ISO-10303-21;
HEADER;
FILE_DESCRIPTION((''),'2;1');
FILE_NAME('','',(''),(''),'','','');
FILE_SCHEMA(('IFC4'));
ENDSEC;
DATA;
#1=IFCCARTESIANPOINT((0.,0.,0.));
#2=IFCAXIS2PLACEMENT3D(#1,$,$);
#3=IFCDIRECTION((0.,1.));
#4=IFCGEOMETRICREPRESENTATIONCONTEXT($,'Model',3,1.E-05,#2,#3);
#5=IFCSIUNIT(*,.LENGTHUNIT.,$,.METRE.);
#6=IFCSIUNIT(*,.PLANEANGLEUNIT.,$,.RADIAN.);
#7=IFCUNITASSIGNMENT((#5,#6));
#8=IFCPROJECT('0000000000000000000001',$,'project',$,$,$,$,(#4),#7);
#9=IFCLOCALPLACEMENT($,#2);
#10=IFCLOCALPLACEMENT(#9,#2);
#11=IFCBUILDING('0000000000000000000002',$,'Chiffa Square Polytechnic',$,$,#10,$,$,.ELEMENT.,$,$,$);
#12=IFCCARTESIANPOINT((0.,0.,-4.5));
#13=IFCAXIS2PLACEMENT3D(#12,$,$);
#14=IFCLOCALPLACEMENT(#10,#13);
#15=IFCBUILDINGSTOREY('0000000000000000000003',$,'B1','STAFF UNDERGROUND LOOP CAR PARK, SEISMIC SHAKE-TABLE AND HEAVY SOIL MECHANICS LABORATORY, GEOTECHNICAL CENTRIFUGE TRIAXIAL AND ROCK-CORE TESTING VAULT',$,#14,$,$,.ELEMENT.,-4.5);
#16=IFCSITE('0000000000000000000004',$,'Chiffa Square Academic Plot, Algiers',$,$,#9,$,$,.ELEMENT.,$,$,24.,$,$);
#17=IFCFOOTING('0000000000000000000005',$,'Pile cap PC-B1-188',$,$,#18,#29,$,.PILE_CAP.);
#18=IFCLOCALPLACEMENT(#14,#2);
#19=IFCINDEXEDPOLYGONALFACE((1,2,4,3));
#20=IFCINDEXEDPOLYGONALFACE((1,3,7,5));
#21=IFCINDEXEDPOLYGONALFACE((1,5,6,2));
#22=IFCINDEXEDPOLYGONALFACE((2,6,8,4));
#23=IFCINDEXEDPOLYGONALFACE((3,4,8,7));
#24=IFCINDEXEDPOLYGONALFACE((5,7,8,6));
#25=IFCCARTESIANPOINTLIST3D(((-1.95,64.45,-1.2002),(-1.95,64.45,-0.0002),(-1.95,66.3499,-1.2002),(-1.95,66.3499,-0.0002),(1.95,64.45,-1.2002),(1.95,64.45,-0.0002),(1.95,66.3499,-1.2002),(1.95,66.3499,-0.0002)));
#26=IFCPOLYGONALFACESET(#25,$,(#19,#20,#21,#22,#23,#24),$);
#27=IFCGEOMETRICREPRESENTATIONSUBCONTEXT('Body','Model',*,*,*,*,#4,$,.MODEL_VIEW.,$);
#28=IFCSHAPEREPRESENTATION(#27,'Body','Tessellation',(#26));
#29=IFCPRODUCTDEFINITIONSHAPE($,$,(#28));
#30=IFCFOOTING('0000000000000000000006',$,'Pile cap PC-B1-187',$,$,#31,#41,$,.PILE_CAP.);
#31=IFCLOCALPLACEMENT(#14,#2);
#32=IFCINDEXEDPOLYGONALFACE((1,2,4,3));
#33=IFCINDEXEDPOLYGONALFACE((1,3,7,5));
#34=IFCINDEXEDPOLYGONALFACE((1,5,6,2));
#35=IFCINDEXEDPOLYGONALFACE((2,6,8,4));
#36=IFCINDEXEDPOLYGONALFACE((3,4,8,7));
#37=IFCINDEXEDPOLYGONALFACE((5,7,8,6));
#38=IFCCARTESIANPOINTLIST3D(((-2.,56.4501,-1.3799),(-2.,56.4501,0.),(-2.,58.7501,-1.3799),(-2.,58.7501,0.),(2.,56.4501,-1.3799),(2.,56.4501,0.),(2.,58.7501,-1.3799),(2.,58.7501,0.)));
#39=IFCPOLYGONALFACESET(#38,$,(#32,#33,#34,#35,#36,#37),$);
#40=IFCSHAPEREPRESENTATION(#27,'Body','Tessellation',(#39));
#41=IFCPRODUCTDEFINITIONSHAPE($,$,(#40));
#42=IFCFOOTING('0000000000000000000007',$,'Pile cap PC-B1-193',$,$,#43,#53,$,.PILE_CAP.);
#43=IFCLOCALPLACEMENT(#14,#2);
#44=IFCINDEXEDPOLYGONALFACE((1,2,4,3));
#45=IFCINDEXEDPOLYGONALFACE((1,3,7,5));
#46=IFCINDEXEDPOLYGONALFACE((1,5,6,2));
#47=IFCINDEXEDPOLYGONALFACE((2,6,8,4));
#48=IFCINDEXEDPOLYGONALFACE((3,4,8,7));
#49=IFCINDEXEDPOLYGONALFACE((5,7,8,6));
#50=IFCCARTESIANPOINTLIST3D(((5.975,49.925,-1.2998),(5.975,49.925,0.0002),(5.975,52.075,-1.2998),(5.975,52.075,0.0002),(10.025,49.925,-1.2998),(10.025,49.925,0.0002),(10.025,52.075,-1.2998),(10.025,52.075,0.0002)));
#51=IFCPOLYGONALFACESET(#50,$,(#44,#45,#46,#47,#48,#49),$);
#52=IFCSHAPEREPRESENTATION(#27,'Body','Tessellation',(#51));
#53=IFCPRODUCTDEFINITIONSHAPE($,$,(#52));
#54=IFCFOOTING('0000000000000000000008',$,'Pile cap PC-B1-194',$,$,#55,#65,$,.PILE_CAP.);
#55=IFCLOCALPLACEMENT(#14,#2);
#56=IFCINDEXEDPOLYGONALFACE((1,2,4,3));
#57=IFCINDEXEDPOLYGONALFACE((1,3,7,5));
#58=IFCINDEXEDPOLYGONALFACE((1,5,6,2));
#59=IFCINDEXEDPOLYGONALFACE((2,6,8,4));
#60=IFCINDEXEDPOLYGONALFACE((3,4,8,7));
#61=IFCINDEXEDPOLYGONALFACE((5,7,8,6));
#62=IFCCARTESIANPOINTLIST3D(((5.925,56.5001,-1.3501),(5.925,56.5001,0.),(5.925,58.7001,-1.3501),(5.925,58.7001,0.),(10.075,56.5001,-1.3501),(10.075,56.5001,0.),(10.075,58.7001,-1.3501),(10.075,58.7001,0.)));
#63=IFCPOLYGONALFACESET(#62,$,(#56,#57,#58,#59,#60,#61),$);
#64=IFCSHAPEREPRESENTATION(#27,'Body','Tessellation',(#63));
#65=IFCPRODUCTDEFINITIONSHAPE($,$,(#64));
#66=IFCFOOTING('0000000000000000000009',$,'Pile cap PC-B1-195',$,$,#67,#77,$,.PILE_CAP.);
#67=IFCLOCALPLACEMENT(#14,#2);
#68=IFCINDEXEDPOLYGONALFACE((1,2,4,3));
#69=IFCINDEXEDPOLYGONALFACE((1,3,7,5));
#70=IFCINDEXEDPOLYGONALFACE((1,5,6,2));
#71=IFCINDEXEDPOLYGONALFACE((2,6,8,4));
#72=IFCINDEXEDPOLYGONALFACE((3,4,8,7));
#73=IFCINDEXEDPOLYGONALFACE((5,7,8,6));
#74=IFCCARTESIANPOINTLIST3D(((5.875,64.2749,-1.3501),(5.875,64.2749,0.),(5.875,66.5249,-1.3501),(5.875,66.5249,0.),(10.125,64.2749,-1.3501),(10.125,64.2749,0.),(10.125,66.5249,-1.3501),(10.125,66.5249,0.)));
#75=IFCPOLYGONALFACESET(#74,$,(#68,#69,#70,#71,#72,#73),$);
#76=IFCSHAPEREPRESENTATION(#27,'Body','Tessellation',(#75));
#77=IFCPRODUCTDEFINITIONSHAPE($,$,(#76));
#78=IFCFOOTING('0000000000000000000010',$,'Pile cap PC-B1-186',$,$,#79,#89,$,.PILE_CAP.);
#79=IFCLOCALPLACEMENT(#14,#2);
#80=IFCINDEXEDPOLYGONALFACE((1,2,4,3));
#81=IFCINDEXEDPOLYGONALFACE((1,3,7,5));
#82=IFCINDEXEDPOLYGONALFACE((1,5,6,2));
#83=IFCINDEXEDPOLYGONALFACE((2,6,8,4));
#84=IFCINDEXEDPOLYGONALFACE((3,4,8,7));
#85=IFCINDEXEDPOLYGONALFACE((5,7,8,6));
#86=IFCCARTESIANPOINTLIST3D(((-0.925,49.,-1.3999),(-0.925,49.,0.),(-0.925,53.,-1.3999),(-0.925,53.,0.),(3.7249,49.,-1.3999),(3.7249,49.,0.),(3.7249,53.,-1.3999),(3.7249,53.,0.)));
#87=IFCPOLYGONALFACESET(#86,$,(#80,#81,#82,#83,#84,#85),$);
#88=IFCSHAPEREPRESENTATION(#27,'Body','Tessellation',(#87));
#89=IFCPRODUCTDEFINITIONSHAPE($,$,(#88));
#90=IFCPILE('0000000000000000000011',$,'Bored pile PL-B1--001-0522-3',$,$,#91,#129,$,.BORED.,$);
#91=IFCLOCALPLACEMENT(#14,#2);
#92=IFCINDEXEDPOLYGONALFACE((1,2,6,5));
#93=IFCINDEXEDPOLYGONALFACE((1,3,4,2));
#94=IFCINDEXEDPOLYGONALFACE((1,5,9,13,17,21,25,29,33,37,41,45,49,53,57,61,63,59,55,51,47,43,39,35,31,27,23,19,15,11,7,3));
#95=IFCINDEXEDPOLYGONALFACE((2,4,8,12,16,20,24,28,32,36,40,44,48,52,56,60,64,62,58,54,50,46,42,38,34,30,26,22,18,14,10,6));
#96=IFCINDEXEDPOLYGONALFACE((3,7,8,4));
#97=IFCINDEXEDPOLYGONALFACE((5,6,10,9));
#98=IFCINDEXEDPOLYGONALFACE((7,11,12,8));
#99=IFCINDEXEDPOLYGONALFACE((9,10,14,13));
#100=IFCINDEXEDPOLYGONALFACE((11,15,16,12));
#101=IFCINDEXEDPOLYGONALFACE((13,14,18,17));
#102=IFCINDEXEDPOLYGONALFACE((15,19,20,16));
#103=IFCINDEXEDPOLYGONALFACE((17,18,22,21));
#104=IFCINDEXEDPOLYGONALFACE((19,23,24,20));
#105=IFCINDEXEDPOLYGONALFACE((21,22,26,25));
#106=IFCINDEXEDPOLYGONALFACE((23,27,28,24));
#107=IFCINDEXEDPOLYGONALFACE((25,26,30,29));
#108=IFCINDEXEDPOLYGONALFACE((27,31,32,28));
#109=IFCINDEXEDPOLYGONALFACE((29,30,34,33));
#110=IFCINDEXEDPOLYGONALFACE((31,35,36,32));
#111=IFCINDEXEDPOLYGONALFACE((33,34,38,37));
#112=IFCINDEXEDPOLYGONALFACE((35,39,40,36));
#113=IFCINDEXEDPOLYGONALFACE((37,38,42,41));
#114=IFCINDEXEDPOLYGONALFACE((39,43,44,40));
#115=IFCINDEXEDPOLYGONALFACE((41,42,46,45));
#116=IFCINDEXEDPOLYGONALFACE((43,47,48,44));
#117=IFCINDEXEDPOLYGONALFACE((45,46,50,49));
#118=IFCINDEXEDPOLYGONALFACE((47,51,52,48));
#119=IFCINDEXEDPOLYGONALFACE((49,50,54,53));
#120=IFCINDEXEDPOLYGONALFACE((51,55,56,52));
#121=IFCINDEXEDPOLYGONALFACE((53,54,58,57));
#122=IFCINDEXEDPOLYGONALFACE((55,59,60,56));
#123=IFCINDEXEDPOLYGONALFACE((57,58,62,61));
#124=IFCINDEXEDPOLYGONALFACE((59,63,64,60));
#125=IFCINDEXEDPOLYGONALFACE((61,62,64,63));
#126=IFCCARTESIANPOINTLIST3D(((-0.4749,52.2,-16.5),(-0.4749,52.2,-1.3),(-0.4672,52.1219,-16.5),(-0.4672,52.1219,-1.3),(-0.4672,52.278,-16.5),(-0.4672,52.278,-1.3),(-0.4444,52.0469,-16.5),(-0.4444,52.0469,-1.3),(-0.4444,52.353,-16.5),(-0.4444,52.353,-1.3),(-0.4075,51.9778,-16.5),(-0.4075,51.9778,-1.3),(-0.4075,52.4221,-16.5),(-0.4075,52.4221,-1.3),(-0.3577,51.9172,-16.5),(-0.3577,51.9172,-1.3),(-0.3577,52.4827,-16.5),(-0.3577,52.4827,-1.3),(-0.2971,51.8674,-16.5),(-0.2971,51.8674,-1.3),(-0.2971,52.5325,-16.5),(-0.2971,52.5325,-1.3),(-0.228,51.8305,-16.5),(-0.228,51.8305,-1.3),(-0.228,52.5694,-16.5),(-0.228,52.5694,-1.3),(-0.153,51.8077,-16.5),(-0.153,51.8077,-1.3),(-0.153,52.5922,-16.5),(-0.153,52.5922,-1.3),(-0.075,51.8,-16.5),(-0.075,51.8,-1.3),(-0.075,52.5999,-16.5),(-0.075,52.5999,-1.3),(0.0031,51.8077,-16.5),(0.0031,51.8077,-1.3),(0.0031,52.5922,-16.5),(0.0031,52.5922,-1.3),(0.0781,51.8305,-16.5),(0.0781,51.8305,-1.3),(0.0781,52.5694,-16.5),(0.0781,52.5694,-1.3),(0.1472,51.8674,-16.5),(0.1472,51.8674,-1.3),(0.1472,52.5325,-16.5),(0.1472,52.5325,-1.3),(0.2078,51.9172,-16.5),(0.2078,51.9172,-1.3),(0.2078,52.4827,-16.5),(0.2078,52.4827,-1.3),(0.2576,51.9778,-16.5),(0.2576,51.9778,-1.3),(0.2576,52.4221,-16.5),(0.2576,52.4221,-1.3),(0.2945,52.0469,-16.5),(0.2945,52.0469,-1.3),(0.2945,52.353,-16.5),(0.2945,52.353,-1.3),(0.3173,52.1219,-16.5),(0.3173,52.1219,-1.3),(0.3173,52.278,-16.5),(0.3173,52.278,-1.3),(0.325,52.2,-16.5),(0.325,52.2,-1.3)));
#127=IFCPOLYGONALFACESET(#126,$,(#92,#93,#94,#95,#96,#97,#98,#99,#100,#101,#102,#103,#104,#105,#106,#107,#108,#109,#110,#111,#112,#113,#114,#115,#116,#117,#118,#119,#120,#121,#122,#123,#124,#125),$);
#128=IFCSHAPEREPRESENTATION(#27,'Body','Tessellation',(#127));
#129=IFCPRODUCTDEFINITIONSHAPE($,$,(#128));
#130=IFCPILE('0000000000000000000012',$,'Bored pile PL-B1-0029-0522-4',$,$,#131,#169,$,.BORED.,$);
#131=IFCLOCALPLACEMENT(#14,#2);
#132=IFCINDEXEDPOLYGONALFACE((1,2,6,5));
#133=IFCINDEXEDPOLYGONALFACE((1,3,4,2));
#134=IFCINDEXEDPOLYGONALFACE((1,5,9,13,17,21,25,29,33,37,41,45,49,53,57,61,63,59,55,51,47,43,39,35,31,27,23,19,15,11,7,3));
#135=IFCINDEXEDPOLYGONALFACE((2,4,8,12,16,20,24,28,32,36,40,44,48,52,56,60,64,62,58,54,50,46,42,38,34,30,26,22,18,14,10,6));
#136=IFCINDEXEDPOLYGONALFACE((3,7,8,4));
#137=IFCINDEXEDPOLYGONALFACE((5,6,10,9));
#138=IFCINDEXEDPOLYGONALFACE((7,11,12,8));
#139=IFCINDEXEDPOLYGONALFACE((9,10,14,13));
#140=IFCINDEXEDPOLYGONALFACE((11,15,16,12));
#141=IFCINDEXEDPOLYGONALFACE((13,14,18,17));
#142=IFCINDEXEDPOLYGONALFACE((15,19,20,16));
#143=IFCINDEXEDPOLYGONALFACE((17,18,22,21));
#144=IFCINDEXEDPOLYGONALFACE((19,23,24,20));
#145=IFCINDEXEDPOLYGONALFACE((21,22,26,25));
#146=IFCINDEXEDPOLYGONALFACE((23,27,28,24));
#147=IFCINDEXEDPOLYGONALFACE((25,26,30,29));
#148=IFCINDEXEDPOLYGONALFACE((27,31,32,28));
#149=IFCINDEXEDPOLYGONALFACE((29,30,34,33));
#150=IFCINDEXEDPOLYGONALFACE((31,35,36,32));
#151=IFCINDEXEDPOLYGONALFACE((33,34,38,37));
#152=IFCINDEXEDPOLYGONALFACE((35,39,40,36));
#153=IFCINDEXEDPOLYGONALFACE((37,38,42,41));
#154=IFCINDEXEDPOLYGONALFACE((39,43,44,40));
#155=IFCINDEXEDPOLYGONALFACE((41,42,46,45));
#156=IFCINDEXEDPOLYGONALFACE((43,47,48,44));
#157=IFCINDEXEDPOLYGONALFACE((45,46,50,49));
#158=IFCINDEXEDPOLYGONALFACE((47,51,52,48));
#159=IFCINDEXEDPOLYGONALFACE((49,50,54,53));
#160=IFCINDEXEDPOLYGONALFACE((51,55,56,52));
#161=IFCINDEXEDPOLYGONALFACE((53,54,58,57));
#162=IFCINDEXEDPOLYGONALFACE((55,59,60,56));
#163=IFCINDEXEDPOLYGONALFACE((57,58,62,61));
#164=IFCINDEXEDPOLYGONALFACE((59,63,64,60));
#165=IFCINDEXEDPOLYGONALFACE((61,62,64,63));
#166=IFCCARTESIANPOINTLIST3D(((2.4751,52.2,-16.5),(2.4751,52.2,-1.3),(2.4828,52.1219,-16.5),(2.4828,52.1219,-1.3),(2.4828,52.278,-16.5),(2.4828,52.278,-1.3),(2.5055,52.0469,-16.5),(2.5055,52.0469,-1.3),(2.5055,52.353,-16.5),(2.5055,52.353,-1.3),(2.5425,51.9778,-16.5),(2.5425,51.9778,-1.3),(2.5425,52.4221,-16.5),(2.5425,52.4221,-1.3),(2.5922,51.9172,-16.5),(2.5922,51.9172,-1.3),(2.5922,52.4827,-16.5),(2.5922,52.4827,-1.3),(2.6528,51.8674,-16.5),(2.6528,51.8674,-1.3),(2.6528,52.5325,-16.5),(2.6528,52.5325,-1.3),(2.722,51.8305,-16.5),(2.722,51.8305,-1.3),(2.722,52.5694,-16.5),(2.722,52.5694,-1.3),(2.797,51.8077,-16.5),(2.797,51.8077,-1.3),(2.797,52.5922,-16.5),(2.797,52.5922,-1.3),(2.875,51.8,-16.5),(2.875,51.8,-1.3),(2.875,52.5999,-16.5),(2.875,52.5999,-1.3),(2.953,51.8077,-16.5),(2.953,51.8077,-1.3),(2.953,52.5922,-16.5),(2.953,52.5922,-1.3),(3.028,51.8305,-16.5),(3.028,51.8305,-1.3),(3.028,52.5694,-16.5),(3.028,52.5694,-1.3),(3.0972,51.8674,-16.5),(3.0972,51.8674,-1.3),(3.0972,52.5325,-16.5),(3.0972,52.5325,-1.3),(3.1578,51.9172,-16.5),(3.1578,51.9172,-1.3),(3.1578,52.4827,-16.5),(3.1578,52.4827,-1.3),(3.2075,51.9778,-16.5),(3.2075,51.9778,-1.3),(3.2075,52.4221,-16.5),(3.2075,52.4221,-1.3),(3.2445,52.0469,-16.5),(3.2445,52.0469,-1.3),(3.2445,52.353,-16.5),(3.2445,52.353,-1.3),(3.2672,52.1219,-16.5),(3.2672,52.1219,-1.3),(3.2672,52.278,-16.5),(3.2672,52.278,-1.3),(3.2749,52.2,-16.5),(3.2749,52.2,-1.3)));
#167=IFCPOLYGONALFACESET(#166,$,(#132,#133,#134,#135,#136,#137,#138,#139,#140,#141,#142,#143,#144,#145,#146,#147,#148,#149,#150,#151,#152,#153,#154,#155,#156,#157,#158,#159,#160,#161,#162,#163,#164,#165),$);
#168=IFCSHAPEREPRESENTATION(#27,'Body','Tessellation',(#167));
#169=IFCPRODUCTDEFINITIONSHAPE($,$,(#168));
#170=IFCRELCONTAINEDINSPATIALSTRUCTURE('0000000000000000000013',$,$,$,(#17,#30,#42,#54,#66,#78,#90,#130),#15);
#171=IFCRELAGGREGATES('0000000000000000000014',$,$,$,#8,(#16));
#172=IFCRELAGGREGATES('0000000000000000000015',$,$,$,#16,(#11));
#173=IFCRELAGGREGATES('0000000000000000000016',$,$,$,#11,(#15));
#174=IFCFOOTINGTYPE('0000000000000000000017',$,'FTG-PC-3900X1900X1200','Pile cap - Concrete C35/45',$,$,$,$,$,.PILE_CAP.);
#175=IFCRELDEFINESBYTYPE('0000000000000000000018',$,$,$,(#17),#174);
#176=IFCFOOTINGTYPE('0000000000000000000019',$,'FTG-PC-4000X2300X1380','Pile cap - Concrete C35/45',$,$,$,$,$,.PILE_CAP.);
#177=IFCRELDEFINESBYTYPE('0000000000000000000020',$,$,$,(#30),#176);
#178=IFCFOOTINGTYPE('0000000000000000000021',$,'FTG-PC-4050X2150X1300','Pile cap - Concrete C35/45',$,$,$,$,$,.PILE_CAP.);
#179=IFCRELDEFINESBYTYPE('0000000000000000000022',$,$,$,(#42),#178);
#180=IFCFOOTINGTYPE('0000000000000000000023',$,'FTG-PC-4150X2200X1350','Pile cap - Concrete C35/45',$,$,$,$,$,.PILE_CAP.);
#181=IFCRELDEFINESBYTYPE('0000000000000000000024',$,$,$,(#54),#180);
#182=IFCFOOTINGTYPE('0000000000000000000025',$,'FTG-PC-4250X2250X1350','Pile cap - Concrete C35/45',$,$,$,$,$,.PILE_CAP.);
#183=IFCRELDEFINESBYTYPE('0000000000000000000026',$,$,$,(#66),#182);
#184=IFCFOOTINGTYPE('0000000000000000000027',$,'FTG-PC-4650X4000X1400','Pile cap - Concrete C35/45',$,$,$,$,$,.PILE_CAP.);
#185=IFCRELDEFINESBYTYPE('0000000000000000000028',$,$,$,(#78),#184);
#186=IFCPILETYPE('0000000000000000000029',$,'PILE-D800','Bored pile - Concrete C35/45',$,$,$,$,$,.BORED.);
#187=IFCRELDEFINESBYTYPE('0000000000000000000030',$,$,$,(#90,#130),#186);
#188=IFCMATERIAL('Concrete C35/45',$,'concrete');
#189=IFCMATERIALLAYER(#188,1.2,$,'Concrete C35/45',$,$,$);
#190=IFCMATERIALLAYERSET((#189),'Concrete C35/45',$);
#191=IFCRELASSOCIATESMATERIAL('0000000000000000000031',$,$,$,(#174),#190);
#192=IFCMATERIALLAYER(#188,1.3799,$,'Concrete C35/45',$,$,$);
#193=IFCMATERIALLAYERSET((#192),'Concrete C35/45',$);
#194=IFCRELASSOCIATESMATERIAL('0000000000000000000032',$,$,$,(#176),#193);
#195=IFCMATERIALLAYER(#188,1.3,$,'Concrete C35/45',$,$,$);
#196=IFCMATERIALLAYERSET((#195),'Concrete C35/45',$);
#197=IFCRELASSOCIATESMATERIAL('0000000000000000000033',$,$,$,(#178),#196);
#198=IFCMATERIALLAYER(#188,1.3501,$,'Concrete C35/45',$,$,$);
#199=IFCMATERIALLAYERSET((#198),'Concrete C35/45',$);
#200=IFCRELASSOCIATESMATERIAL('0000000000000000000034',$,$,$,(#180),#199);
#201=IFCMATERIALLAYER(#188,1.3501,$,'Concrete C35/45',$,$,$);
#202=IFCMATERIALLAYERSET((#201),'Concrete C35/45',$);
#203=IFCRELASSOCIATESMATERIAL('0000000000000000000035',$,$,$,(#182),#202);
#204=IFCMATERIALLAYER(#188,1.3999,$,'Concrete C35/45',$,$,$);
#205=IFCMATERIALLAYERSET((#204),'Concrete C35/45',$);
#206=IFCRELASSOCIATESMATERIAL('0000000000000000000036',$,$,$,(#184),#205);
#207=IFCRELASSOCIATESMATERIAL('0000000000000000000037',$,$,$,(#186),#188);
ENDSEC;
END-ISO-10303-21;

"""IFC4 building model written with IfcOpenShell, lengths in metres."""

from ifc_helpers import new_model, si_unit, direction, frame, origin, origin_2d, place, context, subcontext, project, spatial, rectangle, circle, extrude, material, layer, layer_set, material_profile, profile_set, type_object, element, save


model = new_model("IFC4")

# Units and contexts
model_context = context("Model", 3, precision=1e-05, world=origin(), true_north=direction((0.0, 1.0)))
body_context = subcontext(model_context, "Body", "Model", "MODEL_VIEW")
ifc_project = project(units=[si_unit("LENGTHUNIT", "METRE"), si_unit("PLANEANGLEUNIT", "RADIAN")], contexts=[model_context])

# Site, building, storey
site_placement = place(None, origin())
site = spatial("IfcSite", under=ifc_project, at=site_placement, Name="Chiffa Square Academic Plot, Algiers", CompositionType="ELEMENT", RefElevation=24.0)
building_placement = place(site_placement, origin())
building = spatial("IfcBuilding", under=site, at=building_placement, Name="Chiffa Square Polytechnic", CompositionType="ELEMENT")
storey_placement = place(building_placement, frame((0.0, 0.0, -4.5)))
storey = spatial("IfcBuildingStorey", under=building, at=storey_placement, Name="B1", Description="STAFF UNDERGROUND LOOP CAR PARK, SEISMIC SHAKE-TABLE AND HEAVY SOIL MECHANICS LABORATORY, GEOTECHNICAL CENTRIFUGE TRIAXIAL AND ROCK-CORE TESTING VAULT", CompositionType="ELEMENT", Elevation=-4.5)

# Footings
ifc_material = material(Name="Concrete C35/45", Category="concrete")
ifc_layer_1 = layer(ifc_material, 1.2, Name="Concrete C35/45")
ifc_layer_set_1 = layer_set([ifc_layer_1], Name="Concrete C35/45")
footing_type_1 = type_object("IfcFootingType", Name="FTG-PC-3900X1900X1200", Description="Pile cap - Concrete C35/45", PredefinedType="PILE_CAP", material=ifc_layer_set_1)
footing_1_placement = place(storey_placement, frame((0.0, 65.3999, -1.2002), z_axis=(0.0, 0.0, 1.0), x_axis=(1.0, 0.0, 0.0)))
element("IfcFooting", 1, at=footing_1_placement, inside=storey, type_object=footing_type_1, Name="Pile cap PC-B1-188", PredefinedType="PILE_CAP", context=body_context, shape_type="SweptSolid", body=[
    extrude(rectangle(XDim=3.8999, YDim=1.8999, at=origin_2d()), origin(), (0.0, 0.0, 1.0), 1.2),
])
ifc_layer_2 = layer(ifc_material, 1.3799, Name="Concrete C35/45")
ifc_layer_set_2 = layer_set([ifc_layer_2], Name="Concrete C35/45")
footing_type_2 = type_object("IfcFootingType", Name="FTG-PC-4000X2300X1380", Description="Pile cap - Concrete C35/45", PredefinedType="PILE_CAP", material=ifc_layer_set_2)
footing_2_placement = place(storey_placement, frame((0.0, 57.6001, -1.3799), z_axis=(0.0, 0.0, 1.0), x_axis=(1.0, 0.0, 0.0)))
element("IfcFooting", 2, at=footing_2_placement, inside=storey, type_object=footing_type_2, Name="Pile cap PC-B1-187", PredefinedType="PILE_CAP", context=body_context, shape_type="SweptSolid", body=[
    extrude(rectangle(XDim=4.0, YDim=2.3, at=origin_2d()), origin(), (0.0, 0.0, 1.0), 1.3799),
])
ifc_layer_3 = layer(ifc_material, 1.3, Name="Concrete C35/45")
ifc_layer_set_3 = layer_set([ifc_layer_3], Name="Concrete C35/45")
footing_type_3 = type_object("IfcFootingType", Name="FTG-PC-4050X2150X1300", Description="Pile cap - Concrete C35/45", PredefinedType="PILE_CAP", material=ifc_layer_set_3)
footing_3_placement = place(storey_placement, frame((8.0, 51.0, -1.2998), z_axis=(0.0, 0.0, 1.0), x_axis=(1.0, 0.0, 0.0)))
element("IfcFooting", 3, at=footing_3_placement, inside=storey, type_object=footing_type_3, Name="Pile cap PC-B1-193", PredefinedType="PILE_CAP", context=body_context, shape_type="SweptSolid", body=[
    extrude(rectangle(XDim=4.05, YDim=2.1499, at=origin_2d()), origin(), (0.0, 0.0, 1.0), 1.3),
])
ifc_layer_4 = layer(ifc_material, 1.3501, Name="Concrete C35/45")
ifc_layer_set_4 = layer_set([ifc_layer_4], Name="Concrete C35/45")
footing_type_4 = type_object("IfcFootingType", Name="FTG-PC-4150X2200X1350", Description="Pile cap - Concrete C35/45", PredefinedType="PILE_CAP", material=ifc_layer_set_4)
footing_4_placement = place(storey_placement, frame((8.0, 57.6001, -1.3501), z_axis=(0.0, 0.0, 1.0), x_axis=(1.0, 0.0, 0.0)))
element("IfcFooting", 4, at=footing_4_placement, inside=storey, type_object=footing_type_4, Name="Pile cap PC-B1-194", PredefinedType="PILE_CAP", context=body_context, shape_type="SweptSolid", body=[
    extrude(rectangle(XDim=4.1499, YDim=2.2, at=origin_2d()), origin(), (0.0, 0.0, 1.0), 1.3501),
])
ifc_layer_5 = layer(ifc_material, 1.3501, Name="Concrete C35/45")
ifc_layer_set_5 = layer_set([ifc_layer_5], Name="Concrete C35/45")
footing_type_5 = type_object("IfcFootingType", Name="FTG-PC-4250X2250X1350", Description="Pile cap - Concrete C35/45", PredefinedType="PILE_CAP", material=ifc_layer_set_5)
footing_5_placement = place(storey_placement, frame((8.0, 65.3999, -1.3501), z_axis=(0.0, 0.0, 1.0), x_axis=(1.0, 0.0, 0.0)))
element("IfcFooting", 5, at=footing_5_placement, inside=storey, type_object=footing_type_5, Name="Pile cap PC-B1-195", PredefinedType="PILE_CAP", context=body_context, shape_type="SweptSolid", body=[
    extrude(rectangle(XDim=4.25, YDim=2.25, at=origin_2d()), origin(), (0.0, 0.0, 1.0), 1.3501),
])
ifc_layer_6 = layer(ifc_material, 1.3999, Name="Concrete C35/45")
ifc_layer_set_6 = layer_set([ifc_layer_6], Name="Concrete C35/45")
footing_type_6 = type_object("IfcFootingType", Name="FTG-PC-4650X4000X1400", Description="Pile cap - Concrete C35/45", PredefinedType="PILE_CAP", material=ifc_layer_set_6)
footing_6_placement = place(storey_placement, frame((1.3999, 51.0, -1.3999), z_axis=(0.0, 0.0, 1.0), x_axis=(1.0, 0.0, 0.0)))
element("IfcFooting", 6, at=footing_6_placement, inside=storey, type_object=footing_type_6, Name="Pile cap PC-B1-186", PredefinedType="PILE_CAP", context=body_context, shape_type="SweptSolid", body=[
    extrude(rectangle(XDim=4.6499, YDim=4.0, at=origin_2d()), origin(), (0.0, 0.0, 1.0), 1.3999),
])

# Piles
ifc_material_profile_1 = material_profile(ifc_material, circle(Radius=0.3999, at=origin_2d()), Name="PILE D800")
ifc_profile_set_1 = profile_set([ifc_material_profile_1], Name="Concrete C35/45")
pile_type_1 = type_object("IfcPileType", Name="PILE-D800", Description="Bored pile - Concrete C35/45", PredefinedType="BORED", material=ifc_profile_set_1)
for number, where, z_axis, x_axis, name in (
    (7, (-0.075, 52.2, -1.3), (0.0, 0.0, -1.0), (1.0, 0.0, 0.0), "Bored pile PL-B1--001-0522-3"),
    (8, (2.875, 52.2, -1.3), (0.0, 0.0, -1.0), (1.0, 0.0, 0.0), "Bored pile PL-B1-0029-0522-4"),
):
    element("IfcPile", number, at=place(storey_placement, frame(where, z_axis=z_axis, x_axis=x_axis)), inside=storey, type_object=pile_type_1, Name=name, PredefinedType="BORED", context=body_context, shape_type="SweptSolid", body=[
        extrude(circle(Radius=0.3999, at=origin_2d()), origin(), (0.0, 0.0, 1.0), 15.2),
    ])

save(model, "model.ifc")
